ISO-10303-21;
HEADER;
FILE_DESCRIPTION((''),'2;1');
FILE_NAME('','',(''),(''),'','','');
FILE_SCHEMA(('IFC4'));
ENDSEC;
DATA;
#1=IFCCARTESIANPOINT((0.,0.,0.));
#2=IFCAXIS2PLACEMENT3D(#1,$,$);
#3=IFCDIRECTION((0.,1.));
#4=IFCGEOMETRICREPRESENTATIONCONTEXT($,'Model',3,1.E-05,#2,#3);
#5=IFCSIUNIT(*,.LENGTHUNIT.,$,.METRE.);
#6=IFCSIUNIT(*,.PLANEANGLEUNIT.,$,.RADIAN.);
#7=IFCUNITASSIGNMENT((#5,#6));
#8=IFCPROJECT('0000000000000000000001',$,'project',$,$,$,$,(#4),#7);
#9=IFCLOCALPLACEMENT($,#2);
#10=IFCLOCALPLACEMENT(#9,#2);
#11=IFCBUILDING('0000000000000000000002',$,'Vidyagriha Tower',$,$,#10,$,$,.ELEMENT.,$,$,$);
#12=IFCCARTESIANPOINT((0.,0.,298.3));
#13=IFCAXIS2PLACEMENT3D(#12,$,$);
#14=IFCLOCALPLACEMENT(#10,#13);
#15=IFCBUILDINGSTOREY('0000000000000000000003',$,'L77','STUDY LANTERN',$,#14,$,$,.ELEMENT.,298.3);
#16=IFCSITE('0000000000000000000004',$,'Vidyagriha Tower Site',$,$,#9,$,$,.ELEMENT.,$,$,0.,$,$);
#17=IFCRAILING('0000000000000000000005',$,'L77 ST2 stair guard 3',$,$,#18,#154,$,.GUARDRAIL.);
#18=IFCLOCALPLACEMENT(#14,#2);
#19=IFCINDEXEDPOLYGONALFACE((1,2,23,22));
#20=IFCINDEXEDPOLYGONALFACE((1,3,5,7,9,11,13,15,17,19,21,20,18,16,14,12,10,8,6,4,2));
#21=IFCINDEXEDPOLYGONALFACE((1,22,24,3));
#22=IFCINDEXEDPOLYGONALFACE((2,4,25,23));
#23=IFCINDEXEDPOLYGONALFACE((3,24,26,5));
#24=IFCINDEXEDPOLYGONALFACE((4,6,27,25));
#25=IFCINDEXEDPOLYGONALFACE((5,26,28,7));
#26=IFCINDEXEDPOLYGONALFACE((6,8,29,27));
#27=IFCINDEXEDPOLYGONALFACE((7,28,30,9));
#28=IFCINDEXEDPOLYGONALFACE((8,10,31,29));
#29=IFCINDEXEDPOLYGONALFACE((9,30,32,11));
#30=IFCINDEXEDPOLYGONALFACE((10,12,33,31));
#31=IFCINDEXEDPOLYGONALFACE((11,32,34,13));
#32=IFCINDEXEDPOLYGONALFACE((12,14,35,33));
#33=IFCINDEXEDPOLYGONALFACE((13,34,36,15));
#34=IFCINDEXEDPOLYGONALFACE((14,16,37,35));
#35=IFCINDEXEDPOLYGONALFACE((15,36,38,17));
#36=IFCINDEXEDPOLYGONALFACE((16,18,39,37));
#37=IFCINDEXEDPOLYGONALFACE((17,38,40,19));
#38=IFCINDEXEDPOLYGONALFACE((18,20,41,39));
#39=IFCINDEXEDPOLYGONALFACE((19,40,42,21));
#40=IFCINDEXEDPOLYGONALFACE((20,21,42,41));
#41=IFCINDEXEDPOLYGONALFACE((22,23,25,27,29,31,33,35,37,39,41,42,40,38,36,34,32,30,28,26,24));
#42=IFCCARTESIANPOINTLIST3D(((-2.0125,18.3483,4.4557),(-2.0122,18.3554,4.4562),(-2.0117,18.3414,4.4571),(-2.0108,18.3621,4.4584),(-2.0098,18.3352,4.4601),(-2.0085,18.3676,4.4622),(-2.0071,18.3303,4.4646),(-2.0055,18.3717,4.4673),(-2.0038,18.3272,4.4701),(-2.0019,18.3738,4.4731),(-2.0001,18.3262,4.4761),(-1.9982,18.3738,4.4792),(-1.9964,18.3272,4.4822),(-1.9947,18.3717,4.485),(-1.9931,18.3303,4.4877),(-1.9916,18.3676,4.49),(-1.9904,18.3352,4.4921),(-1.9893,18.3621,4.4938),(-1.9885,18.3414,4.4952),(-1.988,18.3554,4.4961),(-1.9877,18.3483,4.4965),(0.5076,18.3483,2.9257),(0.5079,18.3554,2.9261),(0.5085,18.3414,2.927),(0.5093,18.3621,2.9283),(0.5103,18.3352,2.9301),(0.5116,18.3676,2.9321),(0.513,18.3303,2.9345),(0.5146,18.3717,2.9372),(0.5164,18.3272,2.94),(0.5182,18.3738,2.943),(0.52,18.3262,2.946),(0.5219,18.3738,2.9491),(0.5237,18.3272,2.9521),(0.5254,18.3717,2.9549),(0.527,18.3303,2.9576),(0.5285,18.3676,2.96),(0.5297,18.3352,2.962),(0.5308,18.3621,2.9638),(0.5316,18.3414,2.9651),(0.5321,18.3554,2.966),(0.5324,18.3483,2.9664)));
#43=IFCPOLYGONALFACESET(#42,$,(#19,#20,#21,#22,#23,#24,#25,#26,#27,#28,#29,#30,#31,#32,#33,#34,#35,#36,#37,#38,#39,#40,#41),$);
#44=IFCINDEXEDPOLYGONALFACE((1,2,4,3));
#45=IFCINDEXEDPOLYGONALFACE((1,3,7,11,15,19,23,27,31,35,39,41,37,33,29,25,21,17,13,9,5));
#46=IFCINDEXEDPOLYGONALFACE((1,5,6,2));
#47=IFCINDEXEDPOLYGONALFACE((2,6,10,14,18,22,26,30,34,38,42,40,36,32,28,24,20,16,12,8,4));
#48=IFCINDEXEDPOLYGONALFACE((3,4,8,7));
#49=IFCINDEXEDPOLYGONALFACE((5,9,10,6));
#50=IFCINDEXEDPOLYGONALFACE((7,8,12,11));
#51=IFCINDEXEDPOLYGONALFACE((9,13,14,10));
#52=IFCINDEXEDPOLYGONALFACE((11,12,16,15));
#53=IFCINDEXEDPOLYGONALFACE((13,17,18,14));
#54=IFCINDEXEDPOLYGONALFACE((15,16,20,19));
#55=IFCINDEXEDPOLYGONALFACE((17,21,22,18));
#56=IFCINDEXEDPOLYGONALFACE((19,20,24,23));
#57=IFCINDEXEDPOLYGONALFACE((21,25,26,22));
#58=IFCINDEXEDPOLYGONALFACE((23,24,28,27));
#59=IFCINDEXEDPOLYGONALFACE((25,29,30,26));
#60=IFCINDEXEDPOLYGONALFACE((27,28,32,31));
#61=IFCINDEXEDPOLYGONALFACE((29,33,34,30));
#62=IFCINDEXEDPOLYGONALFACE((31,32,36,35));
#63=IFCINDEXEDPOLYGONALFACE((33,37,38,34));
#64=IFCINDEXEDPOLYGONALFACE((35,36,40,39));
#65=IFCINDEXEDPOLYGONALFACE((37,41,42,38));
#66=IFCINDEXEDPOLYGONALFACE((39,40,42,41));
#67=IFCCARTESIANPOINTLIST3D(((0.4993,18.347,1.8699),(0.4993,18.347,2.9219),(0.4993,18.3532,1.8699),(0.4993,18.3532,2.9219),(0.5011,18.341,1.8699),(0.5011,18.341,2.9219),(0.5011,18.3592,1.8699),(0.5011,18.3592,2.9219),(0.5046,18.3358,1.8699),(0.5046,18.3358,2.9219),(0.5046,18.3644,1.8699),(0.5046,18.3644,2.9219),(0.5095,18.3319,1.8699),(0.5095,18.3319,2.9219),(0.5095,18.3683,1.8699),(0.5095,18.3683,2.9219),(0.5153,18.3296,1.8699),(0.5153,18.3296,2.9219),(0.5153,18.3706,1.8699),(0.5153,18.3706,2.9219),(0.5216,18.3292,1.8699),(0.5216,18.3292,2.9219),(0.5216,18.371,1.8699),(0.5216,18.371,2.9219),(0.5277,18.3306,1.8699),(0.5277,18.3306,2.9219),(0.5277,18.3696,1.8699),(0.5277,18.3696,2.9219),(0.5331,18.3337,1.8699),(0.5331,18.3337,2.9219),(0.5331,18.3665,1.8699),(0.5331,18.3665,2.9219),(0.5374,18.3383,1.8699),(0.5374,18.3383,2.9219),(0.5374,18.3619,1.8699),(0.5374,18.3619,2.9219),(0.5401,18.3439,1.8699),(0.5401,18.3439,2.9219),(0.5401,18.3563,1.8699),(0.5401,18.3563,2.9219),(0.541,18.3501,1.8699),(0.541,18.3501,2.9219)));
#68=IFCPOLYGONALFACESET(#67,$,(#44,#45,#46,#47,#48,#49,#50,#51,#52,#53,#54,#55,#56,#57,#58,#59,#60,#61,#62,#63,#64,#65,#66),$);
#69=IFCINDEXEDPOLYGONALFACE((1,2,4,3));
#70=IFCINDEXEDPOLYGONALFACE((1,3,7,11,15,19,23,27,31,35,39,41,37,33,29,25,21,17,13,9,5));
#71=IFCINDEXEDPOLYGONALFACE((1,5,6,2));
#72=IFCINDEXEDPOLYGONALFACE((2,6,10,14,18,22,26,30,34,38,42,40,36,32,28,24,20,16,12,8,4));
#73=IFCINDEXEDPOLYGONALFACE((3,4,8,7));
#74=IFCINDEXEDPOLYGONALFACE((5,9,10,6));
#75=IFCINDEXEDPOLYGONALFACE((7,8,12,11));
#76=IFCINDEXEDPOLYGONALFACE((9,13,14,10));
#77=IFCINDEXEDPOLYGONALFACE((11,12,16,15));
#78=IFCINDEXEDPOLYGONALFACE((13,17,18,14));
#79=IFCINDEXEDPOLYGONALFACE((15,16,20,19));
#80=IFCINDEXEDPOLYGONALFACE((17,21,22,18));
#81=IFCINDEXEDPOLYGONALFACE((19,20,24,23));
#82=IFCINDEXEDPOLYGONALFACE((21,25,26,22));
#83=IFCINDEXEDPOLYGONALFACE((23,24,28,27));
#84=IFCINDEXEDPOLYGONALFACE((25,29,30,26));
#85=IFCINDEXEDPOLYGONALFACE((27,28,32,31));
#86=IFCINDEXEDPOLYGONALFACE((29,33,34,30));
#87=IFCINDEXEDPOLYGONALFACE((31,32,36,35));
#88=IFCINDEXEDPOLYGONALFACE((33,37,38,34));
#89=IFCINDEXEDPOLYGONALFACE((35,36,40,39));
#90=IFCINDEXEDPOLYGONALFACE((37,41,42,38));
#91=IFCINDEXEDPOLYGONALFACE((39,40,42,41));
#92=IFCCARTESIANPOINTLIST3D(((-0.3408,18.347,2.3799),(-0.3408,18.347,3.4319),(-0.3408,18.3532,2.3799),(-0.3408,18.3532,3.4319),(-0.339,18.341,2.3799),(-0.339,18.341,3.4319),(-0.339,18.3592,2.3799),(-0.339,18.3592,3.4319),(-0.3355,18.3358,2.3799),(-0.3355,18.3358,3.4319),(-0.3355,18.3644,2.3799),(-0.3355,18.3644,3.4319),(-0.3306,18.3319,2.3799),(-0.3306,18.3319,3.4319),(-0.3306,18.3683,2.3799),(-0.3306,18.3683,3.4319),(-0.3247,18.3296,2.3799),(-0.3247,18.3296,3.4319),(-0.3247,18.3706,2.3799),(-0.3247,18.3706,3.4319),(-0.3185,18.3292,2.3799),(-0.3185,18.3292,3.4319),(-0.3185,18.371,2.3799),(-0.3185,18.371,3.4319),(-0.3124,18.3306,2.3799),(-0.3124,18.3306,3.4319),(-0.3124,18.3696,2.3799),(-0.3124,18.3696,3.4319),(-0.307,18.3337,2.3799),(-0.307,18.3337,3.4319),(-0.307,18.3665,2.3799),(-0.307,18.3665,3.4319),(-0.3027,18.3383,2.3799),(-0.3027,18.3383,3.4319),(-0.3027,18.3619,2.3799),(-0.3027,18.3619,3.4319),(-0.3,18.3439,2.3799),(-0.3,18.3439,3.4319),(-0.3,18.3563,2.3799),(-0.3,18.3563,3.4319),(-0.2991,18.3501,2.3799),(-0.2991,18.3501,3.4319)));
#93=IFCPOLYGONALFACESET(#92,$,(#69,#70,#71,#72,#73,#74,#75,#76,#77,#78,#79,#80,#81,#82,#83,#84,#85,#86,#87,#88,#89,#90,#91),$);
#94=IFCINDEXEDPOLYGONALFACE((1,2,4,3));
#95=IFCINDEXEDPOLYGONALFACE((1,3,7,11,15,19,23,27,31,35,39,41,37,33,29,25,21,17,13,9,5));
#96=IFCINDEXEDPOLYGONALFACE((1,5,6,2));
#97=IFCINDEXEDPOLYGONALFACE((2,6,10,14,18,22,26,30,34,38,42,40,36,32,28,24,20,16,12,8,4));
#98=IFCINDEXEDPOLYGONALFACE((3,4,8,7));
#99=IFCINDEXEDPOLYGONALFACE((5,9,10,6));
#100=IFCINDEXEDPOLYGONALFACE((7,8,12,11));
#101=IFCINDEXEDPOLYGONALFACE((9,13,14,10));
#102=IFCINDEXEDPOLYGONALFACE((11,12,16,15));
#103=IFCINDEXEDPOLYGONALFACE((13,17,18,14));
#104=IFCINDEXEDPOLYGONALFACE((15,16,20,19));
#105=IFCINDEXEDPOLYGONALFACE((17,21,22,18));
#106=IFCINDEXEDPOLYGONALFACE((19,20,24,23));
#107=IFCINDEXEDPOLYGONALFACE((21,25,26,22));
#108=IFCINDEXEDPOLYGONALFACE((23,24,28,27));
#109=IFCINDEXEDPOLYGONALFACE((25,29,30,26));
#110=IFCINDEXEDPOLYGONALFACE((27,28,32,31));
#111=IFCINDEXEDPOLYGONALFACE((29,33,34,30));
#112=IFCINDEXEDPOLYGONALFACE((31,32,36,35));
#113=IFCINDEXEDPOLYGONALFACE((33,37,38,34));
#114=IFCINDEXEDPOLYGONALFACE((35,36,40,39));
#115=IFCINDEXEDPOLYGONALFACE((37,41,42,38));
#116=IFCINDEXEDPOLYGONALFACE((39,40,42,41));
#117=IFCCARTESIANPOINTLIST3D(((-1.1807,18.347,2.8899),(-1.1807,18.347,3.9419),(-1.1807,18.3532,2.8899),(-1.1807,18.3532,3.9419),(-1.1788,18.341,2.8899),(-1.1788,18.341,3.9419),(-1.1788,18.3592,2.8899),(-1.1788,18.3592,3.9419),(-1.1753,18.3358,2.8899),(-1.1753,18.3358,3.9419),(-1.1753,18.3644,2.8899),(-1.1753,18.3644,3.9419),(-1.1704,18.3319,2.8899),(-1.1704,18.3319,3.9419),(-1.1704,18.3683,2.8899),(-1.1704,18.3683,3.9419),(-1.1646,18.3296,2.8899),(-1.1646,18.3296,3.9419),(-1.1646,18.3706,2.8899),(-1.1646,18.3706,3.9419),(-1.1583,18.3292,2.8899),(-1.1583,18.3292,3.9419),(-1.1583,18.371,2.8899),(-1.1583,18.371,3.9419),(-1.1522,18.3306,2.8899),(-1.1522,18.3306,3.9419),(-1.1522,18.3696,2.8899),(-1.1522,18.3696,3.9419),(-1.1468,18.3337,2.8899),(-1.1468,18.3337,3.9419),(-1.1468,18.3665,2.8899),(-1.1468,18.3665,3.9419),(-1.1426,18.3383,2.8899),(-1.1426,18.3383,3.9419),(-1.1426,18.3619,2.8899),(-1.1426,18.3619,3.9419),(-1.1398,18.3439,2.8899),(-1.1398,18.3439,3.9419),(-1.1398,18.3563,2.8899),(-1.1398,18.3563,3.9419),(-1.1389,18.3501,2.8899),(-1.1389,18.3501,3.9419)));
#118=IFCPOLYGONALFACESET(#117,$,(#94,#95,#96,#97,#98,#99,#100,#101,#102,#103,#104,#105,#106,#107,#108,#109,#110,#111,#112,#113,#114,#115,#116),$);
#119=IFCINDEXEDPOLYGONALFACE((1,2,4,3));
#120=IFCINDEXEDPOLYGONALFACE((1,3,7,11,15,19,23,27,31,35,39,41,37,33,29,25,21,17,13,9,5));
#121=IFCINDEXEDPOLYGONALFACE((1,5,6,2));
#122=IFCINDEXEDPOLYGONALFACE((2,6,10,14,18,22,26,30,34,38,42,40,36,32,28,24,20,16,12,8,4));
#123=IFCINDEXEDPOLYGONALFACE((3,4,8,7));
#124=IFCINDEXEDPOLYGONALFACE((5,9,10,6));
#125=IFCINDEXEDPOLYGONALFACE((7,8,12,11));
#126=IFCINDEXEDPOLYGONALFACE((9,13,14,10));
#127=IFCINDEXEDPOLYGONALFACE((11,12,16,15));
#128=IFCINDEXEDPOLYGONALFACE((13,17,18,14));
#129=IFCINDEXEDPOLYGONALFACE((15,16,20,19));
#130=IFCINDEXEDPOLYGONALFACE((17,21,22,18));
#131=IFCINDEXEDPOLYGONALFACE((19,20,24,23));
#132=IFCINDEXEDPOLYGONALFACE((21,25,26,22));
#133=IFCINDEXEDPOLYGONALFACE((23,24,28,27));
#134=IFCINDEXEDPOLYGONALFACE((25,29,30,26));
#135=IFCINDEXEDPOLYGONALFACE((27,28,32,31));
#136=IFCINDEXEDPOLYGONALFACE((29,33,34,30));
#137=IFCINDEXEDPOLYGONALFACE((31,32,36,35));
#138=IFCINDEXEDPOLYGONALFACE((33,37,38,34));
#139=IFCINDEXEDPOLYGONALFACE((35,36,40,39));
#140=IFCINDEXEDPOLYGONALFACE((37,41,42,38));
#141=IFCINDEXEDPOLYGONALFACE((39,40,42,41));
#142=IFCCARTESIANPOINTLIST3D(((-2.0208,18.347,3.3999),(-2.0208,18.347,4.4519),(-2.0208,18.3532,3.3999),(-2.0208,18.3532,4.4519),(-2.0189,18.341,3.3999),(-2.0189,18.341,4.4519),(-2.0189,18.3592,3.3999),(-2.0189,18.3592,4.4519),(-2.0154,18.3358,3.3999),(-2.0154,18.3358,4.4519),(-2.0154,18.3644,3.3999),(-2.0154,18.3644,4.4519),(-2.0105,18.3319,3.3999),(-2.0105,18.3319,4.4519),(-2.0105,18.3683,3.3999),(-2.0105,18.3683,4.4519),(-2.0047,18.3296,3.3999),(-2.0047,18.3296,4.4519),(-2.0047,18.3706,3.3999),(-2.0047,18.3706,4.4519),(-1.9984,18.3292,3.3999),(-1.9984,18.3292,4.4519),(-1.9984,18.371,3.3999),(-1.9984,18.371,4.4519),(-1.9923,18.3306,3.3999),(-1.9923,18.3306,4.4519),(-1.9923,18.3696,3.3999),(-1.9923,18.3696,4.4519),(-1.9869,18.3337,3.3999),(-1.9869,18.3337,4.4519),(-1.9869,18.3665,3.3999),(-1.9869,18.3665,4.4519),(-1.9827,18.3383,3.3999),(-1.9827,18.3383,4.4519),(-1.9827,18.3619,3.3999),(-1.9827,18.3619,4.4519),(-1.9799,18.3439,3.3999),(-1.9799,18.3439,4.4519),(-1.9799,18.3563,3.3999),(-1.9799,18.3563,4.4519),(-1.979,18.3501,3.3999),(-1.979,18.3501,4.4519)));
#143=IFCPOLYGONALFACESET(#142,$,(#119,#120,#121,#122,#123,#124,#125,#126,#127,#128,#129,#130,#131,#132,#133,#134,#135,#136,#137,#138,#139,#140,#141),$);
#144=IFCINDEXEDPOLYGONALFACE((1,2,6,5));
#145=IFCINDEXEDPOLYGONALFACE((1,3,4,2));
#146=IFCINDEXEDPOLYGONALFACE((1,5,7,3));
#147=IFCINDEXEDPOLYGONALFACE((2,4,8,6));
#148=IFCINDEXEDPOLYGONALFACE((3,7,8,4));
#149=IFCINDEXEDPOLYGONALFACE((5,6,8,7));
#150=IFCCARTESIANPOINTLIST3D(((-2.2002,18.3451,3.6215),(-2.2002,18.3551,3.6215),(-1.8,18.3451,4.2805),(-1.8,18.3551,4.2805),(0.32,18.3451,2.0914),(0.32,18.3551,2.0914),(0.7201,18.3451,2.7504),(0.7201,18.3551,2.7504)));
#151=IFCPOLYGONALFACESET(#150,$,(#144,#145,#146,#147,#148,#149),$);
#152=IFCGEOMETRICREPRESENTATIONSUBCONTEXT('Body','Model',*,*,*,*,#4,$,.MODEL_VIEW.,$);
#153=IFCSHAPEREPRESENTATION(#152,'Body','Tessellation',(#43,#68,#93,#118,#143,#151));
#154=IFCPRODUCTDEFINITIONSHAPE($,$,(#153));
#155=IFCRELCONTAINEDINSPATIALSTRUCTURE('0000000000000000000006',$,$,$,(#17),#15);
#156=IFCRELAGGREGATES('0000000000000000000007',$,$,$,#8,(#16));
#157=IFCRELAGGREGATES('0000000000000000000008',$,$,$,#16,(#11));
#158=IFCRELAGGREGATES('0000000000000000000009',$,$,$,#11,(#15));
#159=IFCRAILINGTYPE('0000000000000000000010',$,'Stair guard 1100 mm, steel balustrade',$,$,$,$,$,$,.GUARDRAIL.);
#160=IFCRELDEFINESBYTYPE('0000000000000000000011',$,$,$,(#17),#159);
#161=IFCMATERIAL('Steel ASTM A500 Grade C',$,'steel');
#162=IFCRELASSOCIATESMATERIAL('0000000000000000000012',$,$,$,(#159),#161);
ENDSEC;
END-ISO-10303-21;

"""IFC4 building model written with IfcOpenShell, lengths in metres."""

from ifc_helpers import new_model, si_unit, direction, frame, origin, origin_2d, place, context, subcontext, project, spatial, rectangle, circle, extrude, material, type_object, element, save


model = new_model("IFC4")

# Units and contexts
model_context = context("Model", 3, precision=1e-05, world=origin(), true_north=direction((0.0, 1.0)))
body_context = subcontext(model_context, "Body", "Model", "MODEL_VIEW")
ifc_project = project(units=[si_unit("LENGTHUNIT", "METRE"), si_unit("PLANEANGLEUNIT", "RADIAN")], contexts=[model_context])

# Site, building, storey
site_placement = place(None, origin())
site = spatial("IfcSite", under=ifc_project, at=site_placement, Name="Vidyagriha Tower Site", CompositionType="ELEMENT", RefElevation=0.0)
building_placement = place(site_placement, origin())
building = spatial("IfcBuilding", under=site, at=building_placement, Name="Vidyagriha Tower", CompositionType="ELEMENT")
storey_placement = place(building_placement, frame((0.0, 0.0, 298.3)))
storey = spatial("IfcBuildingStorey", under=building, at=storey_placement, Name="L77", Description="STUDY LANTERN", CompositionType="ELEMENT", Elevation=298.3)

# Railing
ifc_material_1 = material(Name="Steel ASTM A500 Grade C", Category="steel")
railing_type_1 = type_object("IfcRailingType", Name="Stair guard 1100 mm, steel balustrade", PredefinedType="GUARDRAIL", material=ifc_material_1)
railing_1_placement = place(storey_placement, frame((0.52, 18.3501, 1.8699)))
element("IfcRailing", 1, at=railing_1_placement, inside=storey, type_object=railing_type_1, Name="L77 ST2 stair guard 3", PredefinedType="GUARDRAIL", context=body_context, shape_type="SweptSolid", body=[
    extrude(circle(Radius=0.0239, at=origin_2d()), frame((0.0, 0.0, 1.0762), z_axis=(-0.854785, 0.0, 0.518982), x_axis=(0.0, -1.0, 0.0)), (0.0, 0.0, 1.0), 2.9482),
    extrude(circle(Radius=0.021, at=origin_2d()), origin(), (0.0, 0.0, 1.0), 1.052),
    extrude(circle(Radius=0.021, at=origin_2d()), frame((-0.8401, 0.0, 0.51)), (0.0, 0.0, 1.0), 1.052),
    extrude(circle(Radius=0.021, at=origin_2d()), frame((-1.6799, 0.0, 1.02)), (0.0, 0.0, 1.0), 1.052),
    extrude(circle(Radius=0.021, at=origin_2d()), frame((-2.52, 0.0, 1.53)), (0.0, 0.0, 1.0), 1.052),
    extrude(rectangle(XDim=0.01, YDim=0.771, at=origin_2d()), frame((0.0, 0.0, 0.551), z_axis=(-0.854785, 0.0, 0.518982), x_axis=(0.0, -1.0, 0.0)), (0.0, 0.0, 1.0), 2.9482),
])

save(model, "model.ifc")
